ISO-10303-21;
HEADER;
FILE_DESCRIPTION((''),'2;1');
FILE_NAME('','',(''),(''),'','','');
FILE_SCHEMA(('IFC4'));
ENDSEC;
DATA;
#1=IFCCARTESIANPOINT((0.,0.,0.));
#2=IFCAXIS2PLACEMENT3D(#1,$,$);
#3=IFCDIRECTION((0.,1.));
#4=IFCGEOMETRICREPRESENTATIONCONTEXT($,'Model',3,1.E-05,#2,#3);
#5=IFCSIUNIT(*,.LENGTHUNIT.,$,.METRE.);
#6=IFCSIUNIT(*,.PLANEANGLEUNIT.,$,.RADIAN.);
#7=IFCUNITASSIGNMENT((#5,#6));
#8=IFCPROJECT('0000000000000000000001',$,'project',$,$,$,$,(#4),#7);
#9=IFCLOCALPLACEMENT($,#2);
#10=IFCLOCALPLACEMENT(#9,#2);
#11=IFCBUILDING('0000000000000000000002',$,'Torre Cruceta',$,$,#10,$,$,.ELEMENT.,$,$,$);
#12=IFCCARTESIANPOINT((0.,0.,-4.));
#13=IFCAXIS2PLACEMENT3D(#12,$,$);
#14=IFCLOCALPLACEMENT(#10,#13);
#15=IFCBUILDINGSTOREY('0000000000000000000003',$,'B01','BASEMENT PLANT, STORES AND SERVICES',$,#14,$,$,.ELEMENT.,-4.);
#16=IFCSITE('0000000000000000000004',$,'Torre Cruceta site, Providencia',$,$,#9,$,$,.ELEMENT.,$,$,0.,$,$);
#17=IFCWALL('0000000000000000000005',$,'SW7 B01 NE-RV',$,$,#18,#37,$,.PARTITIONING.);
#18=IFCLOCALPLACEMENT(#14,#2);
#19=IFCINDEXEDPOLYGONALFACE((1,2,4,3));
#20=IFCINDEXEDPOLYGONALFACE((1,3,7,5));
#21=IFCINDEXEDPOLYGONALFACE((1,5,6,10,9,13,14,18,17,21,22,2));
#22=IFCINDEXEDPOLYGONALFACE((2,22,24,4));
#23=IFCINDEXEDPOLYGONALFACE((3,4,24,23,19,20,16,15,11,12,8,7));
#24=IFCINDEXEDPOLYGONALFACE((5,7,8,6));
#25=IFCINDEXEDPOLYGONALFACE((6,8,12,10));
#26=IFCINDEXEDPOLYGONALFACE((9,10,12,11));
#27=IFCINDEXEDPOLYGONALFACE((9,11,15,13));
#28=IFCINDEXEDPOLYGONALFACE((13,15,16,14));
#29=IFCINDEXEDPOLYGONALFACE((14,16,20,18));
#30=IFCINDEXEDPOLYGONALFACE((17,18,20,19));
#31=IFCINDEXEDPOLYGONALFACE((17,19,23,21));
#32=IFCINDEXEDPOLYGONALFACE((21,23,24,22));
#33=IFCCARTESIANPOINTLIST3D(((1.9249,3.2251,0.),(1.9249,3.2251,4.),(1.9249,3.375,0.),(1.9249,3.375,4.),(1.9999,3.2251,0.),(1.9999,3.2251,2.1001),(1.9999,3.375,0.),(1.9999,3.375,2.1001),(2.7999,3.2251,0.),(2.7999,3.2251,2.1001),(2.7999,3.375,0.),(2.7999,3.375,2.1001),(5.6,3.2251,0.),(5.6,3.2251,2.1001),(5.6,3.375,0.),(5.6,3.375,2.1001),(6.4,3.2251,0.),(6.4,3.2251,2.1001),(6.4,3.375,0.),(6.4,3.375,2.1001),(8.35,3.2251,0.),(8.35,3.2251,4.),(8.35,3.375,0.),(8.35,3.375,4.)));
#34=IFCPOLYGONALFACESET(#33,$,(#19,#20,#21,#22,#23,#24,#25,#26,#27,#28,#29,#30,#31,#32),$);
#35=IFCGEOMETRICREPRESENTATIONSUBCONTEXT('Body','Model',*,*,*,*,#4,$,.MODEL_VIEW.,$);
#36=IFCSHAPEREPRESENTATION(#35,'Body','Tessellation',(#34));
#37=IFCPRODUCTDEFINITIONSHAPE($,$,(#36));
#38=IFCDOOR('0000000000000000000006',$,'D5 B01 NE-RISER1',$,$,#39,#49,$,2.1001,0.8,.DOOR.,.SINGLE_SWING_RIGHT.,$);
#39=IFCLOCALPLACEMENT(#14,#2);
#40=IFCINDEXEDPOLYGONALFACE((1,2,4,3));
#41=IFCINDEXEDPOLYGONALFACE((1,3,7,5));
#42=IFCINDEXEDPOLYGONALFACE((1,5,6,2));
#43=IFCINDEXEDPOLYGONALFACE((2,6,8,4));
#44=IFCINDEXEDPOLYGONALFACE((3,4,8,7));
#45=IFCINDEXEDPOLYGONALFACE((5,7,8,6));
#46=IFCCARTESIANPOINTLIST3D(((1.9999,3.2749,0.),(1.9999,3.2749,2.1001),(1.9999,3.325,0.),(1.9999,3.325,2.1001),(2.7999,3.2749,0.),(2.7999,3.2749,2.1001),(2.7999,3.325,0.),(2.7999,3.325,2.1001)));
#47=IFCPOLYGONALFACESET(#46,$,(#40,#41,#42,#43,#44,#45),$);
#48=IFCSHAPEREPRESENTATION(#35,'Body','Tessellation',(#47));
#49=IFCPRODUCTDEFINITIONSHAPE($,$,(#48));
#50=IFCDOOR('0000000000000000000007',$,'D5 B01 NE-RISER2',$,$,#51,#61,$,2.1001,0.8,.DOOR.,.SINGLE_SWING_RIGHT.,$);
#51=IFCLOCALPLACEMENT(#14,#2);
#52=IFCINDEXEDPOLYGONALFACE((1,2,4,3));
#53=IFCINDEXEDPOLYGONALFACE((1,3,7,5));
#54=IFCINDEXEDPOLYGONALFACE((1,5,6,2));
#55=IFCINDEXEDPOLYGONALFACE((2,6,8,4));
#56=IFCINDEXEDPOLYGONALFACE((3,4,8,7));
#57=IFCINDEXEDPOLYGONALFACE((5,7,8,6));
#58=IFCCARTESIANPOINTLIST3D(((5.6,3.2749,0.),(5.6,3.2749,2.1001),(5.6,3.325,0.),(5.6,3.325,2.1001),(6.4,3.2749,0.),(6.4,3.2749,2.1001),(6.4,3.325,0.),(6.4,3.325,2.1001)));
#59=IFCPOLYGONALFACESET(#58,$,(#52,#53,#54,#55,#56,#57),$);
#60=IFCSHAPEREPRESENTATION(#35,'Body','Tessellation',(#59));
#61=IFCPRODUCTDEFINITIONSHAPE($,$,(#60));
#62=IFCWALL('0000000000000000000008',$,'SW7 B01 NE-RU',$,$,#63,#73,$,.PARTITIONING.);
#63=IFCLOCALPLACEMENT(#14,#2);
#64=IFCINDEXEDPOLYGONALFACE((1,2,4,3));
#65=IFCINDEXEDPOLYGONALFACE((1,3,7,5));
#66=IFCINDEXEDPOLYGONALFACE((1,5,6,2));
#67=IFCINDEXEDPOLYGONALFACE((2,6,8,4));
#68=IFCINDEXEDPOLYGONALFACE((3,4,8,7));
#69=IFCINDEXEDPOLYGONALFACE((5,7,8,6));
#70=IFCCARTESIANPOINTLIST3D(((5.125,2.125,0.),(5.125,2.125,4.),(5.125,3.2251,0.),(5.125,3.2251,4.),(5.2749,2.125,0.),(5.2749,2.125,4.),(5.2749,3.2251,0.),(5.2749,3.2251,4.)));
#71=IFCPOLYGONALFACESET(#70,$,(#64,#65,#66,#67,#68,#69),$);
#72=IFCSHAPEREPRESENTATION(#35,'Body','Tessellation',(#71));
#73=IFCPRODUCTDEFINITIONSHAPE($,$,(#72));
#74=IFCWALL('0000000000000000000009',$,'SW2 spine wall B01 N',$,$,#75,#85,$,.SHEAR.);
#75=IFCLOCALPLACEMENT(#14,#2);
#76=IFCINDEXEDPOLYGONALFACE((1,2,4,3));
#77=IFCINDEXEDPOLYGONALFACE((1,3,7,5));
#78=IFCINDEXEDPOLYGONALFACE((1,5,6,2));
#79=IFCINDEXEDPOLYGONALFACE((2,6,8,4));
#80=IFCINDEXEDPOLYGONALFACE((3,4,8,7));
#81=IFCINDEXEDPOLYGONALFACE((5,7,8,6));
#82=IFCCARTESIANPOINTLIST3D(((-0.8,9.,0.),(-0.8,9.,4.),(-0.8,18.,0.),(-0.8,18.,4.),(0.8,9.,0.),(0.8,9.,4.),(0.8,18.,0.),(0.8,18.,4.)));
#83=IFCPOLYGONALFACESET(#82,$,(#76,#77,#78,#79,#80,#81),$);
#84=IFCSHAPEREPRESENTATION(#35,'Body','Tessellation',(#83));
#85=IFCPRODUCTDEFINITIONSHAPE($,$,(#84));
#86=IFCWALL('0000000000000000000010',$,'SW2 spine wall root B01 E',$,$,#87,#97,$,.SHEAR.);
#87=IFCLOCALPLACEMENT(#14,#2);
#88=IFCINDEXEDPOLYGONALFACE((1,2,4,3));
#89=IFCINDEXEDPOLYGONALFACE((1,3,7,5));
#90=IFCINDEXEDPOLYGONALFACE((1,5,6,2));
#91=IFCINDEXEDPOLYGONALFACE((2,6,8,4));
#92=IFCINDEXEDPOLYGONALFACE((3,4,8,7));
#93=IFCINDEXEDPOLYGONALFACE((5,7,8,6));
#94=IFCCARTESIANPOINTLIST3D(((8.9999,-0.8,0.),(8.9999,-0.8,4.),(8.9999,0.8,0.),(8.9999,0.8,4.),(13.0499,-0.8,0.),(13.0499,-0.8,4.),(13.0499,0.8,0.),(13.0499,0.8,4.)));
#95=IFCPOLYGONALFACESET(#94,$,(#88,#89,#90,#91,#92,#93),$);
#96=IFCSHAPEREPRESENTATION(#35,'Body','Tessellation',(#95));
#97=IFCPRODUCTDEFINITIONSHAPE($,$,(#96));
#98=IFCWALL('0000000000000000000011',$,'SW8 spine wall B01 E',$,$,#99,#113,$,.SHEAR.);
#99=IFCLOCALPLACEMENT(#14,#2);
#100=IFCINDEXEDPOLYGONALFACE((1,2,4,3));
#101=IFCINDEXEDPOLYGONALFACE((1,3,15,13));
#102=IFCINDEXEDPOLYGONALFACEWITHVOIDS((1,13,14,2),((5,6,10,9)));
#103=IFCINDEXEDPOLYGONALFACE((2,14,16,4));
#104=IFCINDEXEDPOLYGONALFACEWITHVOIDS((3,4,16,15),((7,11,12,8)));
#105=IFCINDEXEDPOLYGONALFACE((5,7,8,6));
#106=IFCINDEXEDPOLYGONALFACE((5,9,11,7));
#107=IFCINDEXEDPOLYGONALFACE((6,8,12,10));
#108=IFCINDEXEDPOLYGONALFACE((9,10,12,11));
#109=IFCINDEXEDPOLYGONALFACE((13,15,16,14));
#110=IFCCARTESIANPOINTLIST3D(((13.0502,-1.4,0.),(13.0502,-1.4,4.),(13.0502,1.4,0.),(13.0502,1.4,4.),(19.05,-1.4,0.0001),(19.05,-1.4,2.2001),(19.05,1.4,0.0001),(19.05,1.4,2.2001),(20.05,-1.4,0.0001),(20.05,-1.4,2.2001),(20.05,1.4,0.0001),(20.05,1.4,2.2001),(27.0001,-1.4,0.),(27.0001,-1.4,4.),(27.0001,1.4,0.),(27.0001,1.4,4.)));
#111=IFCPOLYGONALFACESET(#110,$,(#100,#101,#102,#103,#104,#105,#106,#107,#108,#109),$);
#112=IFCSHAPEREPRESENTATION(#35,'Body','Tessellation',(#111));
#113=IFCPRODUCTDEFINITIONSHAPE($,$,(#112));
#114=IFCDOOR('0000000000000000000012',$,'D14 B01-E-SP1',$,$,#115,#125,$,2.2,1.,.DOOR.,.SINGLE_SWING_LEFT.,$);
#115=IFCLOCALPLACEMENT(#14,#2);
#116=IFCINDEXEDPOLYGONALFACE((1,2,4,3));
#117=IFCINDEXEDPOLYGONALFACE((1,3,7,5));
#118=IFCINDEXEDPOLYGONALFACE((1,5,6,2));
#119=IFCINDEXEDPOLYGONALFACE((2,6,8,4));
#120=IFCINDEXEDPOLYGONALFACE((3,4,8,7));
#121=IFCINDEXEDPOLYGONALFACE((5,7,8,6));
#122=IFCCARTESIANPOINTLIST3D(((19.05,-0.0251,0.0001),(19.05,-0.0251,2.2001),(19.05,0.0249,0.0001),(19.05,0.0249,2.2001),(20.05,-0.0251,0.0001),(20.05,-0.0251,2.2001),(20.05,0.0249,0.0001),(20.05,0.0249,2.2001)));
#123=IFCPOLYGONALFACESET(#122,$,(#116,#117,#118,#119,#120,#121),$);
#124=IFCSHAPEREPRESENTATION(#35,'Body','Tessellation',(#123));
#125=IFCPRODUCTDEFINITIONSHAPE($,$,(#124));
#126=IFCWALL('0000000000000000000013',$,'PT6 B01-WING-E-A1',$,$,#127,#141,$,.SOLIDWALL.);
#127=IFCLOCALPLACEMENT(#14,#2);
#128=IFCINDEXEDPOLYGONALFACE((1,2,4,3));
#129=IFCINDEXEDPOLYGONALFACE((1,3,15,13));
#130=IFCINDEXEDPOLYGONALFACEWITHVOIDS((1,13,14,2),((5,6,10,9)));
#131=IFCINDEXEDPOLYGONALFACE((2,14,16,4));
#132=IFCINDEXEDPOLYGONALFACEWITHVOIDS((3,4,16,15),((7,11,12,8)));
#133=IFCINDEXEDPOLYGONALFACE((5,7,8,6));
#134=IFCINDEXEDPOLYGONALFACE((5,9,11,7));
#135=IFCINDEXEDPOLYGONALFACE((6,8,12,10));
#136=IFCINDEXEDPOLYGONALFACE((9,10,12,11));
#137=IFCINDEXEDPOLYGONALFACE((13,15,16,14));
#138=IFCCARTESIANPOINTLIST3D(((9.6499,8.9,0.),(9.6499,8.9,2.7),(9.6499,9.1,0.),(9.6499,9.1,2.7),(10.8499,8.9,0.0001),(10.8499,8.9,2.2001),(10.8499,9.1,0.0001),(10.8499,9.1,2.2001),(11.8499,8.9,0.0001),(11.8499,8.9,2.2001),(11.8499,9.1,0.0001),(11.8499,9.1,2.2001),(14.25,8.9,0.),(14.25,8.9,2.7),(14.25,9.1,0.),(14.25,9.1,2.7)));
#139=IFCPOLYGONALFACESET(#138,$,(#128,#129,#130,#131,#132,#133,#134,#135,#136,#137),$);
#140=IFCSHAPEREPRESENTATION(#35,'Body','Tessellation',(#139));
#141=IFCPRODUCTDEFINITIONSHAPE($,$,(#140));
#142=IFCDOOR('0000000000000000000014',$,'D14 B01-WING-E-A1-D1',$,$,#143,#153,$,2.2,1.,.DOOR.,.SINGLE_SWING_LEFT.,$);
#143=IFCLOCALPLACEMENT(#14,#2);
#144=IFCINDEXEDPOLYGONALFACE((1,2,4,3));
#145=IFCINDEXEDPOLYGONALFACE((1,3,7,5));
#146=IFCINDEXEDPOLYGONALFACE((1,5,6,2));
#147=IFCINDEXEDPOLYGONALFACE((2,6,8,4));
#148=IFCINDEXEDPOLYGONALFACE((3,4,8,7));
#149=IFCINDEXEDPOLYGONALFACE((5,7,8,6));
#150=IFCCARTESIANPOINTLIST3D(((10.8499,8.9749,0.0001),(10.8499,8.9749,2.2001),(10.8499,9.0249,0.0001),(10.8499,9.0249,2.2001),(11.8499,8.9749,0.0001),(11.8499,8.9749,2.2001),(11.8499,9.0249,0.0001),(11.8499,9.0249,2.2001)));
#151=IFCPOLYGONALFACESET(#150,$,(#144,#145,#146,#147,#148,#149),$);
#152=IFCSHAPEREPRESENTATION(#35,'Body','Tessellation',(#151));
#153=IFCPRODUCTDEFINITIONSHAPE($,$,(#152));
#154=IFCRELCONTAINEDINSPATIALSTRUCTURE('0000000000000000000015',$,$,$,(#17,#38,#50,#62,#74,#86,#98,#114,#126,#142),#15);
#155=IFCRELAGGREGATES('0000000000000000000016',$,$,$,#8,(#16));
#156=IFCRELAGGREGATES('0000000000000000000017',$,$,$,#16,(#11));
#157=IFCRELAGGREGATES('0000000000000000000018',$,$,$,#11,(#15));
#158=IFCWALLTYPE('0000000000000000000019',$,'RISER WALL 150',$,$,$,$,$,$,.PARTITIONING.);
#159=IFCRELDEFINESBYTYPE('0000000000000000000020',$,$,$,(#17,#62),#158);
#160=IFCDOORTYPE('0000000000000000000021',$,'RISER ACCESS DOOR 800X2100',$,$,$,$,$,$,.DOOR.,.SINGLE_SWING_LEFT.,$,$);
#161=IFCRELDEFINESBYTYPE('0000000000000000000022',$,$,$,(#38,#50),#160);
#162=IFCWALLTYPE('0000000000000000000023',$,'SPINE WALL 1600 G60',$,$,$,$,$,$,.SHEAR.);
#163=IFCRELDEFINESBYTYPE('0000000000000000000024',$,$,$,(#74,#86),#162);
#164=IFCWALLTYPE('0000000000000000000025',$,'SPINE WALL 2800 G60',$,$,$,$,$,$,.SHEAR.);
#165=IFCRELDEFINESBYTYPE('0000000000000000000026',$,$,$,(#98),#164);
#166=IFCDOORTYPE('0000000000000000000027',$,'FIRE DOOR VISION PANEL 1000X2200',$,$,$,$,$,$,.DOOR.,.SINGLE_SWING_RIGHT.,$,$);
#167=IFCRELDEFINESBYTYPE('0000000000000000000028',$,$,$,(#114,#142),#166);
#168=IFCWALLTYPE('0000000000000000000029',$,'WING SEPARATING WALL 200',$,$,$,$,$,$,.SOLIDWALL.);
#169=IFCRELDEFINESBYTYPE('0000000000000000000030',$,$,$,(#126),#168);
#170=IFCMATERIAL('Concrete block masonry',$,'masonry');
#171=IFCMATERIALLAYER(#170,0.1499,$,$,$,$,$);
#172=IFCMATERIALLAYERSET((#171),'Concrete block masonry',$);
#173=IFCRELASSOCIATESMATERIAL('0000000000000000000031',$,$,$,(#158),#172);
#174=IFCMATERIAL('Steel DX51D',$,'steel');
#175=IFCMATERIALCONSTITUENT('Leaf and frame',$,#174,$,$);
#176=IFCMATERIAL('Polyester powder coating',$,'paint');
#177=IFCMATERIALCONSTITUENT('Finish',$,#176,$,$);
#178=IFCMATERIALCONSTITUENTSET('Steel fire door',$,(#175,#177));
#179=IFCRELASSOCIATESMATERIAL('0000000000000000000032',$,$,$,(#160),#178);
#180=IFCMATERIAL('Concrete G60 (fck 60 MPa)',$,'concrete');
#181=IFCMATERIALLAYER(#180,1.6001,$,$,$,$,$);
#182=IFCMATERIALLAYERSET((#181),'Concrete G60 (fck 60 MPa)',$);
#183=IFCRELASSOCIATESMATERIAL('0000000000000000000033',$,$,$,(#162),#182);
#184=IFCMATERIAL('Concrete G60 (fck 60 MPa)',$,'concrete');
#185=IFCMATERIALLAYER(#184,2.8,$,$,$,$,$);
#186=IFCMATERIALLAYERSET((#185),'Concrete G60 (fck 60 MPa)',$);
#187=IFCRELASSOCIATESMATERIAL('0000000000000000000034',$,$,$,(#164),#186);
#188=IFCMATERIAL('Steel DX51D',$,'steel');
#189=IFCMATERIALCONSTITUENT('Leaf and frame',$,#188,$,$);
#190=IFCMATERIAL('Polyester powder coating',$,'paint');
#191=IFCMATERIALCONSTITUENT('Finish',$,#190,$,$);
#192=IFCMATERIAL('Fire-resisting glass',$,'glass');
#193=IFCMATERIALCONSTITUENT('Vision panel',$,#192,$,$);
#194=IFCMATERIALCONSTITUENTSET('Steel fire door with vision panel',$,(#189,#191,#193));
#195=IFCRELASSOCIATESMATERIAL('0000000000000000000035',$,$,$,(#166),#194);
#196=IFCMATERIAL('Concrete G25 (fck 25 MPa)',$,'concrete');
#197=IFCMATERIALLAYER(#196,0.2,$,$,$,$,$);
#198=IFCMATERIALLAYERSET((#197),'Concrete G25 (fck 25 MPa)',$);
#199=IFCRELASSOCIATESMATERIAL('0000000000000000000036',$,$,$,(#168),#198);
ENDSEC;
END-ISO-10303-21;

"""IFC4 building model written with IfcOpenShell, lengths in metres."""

from ifc_helpers import new_model, si_unit, direction, frame, frame_2d, origin, place, context, subcontext, project, spatial, rectangle, extrude, material, layer, layer_set, constituent, constituent_set, type_object, element, fill, save


model = new_model("IFC4")

# Units and contexts
model_context = context("Model", 3, precision=1e-05, world=origin(), true_north=direction((0.0, 1.0)))
body_context = subcontext(model_context, "Body", "Model", "MODEL_VIEW")
ifc_project = project(units=[si_unit("LENGTHUNIT", "METRE"), si_unit("PLANEANGLEUNIT", "RADIAN")], contexts=[model_context])

# Site, building, storey
site_placement = place(None, origin())
site = spatial("IfcSite", under=ifc_project, at=site_placement, Name="Torre Cruceta site, Providencia", CompositionType="ELEMENT", RefElevation=0.0)
building_placement = place(site_placement, origin())
building = spatial("IfcBuilding", under=site, at=building_placement, Name="Torre Cruceta", CompositionType="ELEMENT")
storey_placement = place(building_placement, frame((0.0, 0.0, -4.0)))
storey = spatial("IfcBuildingStorey", under=building, at=storey_placement, Name="B01", Description="BASEMENT PLANT, STORES AND SERVICES", CompositionType="ELEMENT", Elevation=-4.0)

# Wall, openings, doors
ifc_material_1 = material(Name="Concrete block masonry", Category="masonry")
ifc_layer_1 = layer(ifc_material_1, 0.1499)
ifc_layer_set_1 = layer_set([ifc_layer_1], Name="Concrete block masonry")
wall_type_1 = type_object("IfcWallType", Name="RISER WALL 150", PredefinedType="PARTITIONING", material=ifc_layer_set_1)
wall_1_placement = place(storey_placement, frame((1.925, 3.3, 0.0), z_axis=(0.0, 0.0, 1.0), x_axis=(1.0, 0.0, 0.0)))
wall_1 = element("IfcWall", 1, at=wall_1_placement, inside=storey, type_object=wall_type_1, Name="SW7 B01 NE-RV", PredefinedType="PARTITIONING", context=body_context, shape_type="SweptSolid", body=[
    extrude(rectangle(XDim=6.425, YDim=0.1499, at=frame_2d((3.2124, 0.0))), origin(), (0.0, 0.0, 1.0), 4.0),
])
opening_1_placement = place(wall_1_placement, frame((0.075, 0.0, 0.0)))
opening_1 = element("IfcOpeningElement", 2, at=opening_1_placement, cuts=wall_1, PredefinedType="OPENING", context=body_context, shape_type="SweptSolid", body=[
    extrude(rectangle(XDim=0.8, YDim=2.1001, at=frame_2d((0.3999, 1.05))), frame((0.0, 0.085, 0.0), z_axis=(0.0, -1.0, 0.0), x_axis=(1.0, 0.0, 0.0)), (0.0, 0.0, 1.0), 0.1699),
])
opening_2_placement = place(wall_1_placement, frame((3.675, 0.0, 0.0)))
opening_2 = element("IfcOpeningElement", 3, at=opening_2_placement, cuts=wall_1, PredefinedType="OPENING", context=body_context, shape_type="SweptSolid", body=[
    extrude(rectangle(XDim=0.8, YDim=2.1001, at=frame_2d((0.3999, 1.05))), frame((0.0, 0.085, 0.0), z_axis=(0.0, -1.0, 0.0), x_axis=(1.0, 0.0, 0.0)), (0.0, 0.0, 1.0), 0.1699),
])
ifc_material_2 = material(Name="Steel DX51D", Category="steel")
ifc_constituent_1 = constituent(ifc_material_2, Name="Leaf and frame")
ifc_material_3 = material(Name="Polyester powder coating", Category="paint")
ifc_constituent_2 = constituent(ifc_material_3, Name="Finish")
ifc_constituent_set_1 = constituent_set(constituents=[ifc_constituent_1, ifc_constituent_2], Name="Steel fire door")
door_type_1 = type_object("IfcDoorType", Name="RISER ACCESS DOOR 800X2100", OperationType="SINGLE_SWING_LEFT", PredefinedType="DOOR", material=ifc_constituent_set_1)
door_1_placement = place(opening_1_placement, frame((0.8, 0.0, 0.0), z_axis=(0.0, 0.0, 1.0), x_axis=(-1.0, 0.0, 0.0)))
door_1 = element("IfcDoor", 4, at=door_1_placement, inside=storey, type_object=door_type_1, Name="D5 B01 NE-RISER1", OperationType="SINGLE_SWING_RIGHT", OverallHeight=2.1001, OverallWidth=0.8, PredefinedType="DOOR", context=body_context, shape_type="SweptSolid", body=[
    extrude(rectangle(XDim=0.8, YDim=2.1001, at=frame_2d((0.4001, 1.05))), frame((0.0, 0.0251, 0.0), z_axis=(0.0, -1.0, 0.0), x_axis=(1.0, 0.0, 0.0)), (0.0, 0.0, 1.0), 0.05),
])
fill(opening_1, door_1)
door_2_placement = place(opening_2_placement, frame((0.8, 0.0, 0.0), z_axis=(0.0, 0.0, 1.0), x_axis=(-1.0, 0.0, 0.0)))
door_2 = element("IfcDoor", 5, at=door_2_placement, inside=storey, type_object=door_type_1, Name="D5 B01 NE-RISER2", OperationType="SINGLE_SWING_RIGHT", OverallHeight=2.1001, OverallWidth=0.8, PredefinedType="DOOR", context=body_context, shape_type="SweptSolid", body=[
    extrude(rectangle(XDim=0.8, YDim=2.1001, at=frame_2d((0.4001, 1.05))), frame((0.0, 0.0251, 0.0), z_axis=(0.0, -1.0, 0.0), x_axis=(1.0, 0.0, 0.0)), (0.0, 0.0, 1.0), 0.05),
])
fill(opening_2, door_2)

# Walls
wall_2_placement = place(storey_placement, frame((5.2, 2.125, 0.0), z_axis=(0.0, 0.0, 1.0), x_axis=(0.0, 1.0, 0.0)))
element("IfcWall", 6, at=wall_2_placement, inside=storey, type_object=wall_type_1, Name="SW7 B01 NE-RU", PredefinedType="PARTITIONING", context=body_context, shape_type="SweptSolid", body=[
    extrude(rectangle(XDim=1.1001, YDim=0.1499, at=frame_2d((0.55, 0.0))), origin(), (0.0, 0.0, 1.0), 4.0),
])
ifc_material_4 = material(Name="Concrete G60 (fck 60 MPa)", Category="concrete")
ifc_layer_2 = layer(ifc_material_4, 1.6001)
ifc_layer_set_2 = layer_set([ifc_layer_2], Name="Concrete G60 (fck 60 MPa)")
wall_type_2 = type_object("IfcWallType", Name="SPINE WALL 1600 G60", PredefinedType="SHEAR", material=ifc_layer_set_2)
wall_3_placement = place(storey_placement, frame((0.0, 9.0, 0.0), z_axis=(0.0, 0.0, 1.0), x_axis=(0.0, 1.0, 0.0)))
element("IfcWall", 7, at=wall_3_placement, inside=storey, type_object=wall_type_2, Name="SW2 spine wall B01 N", PredefinedType="SHEAR", context=body_context, shape_type="SweptSolid", body=[
    extrude(rectangle(XDim=9.0, YDim=1.6001, at=frame_2d((4.5, 0.0))), origin(), (0.0, 0.0, 1.0), 4.0),
])
wall_4_placement = place(storey_placement, frame((9.0, 0.0, 0.0), z_axis=(0.0, 0.0, 1.0), x_axis=(1.0, 0.0, 0.0)))
element("IfcWall", 8, at=wall_4_placement, inside=storey, type_object=wall_type_2, Name="SW2 spine wall root B01 E", PredefinedType="SHEAR", context=body_context, shape_type="SweptSolid", body=[
    extrude(rectangle(XDim=4.05, YDim=1.6001, at=frame_2d((2.0249, 0.0))), origin(), (0.0, 0.0, 1.0), 4.0),
])

# Walls, openings, doors
ifc_material_5 = material(Name="Concrete G60 (fck 60 MPa)", Category="concrete")
ifc_layer_3 = layer(ifc_material_5, 2.8)
ifc_layer_set_3 = layer_set([ifc_layer_3], Name="Concrete G60 (fck 60 MPa)")
wall_type_3 = type_object("IfcWallType", Name="SPINE WALL 2800 G60", PredefinedType="SHEAR", material=ifc_layer_set_3)
wall_5_placement = place(storey_placement, frame((13.05, 0.0, 0.0), z_axis=(0.0, 0.0, 1.0), x_axis=(1.0, 0.0, 0.0)))
wall_5 = element("IfcWall", 9, at=wall_5_placement, inside=storey, type_object=wall_type_3, Name="SW8 spine wall B01 E", PredefinedType="SHEAR", context=body_context, shape_type="SweptSolid", body=[
    extrude(rectangle(XDim=13.95, YDim=2.8, at=frame_2d((6.9751, 0.0))), origin(), (0.0, 0.0, 1.0), 4.0),
])
opening_3_placement = place(wall_5_placement, frame((6.0, 0.0, 0.0)))
opening_3 = element("IfcOpeningElement", 10, at=opening_3_placement, cuts=wall_5, PredefinedType="OPENING", context=body_context, shape_type="SweptSolid", body=[
    extrude(rectangle(XDim=1.0, YDim=2.2, at=frame_2d((0.5, 1.1001))), frame((0.0, 1.4099, 0.0), z_axis=(0.0, -1.0, 0.0), x_axis=(1.0, 0.0, 0.0)), (0.0, 0.0, 1.0), 2.8201),
])
ifc_material_6 = material(Name="Steel DX51D", Category="steel")
ifc_constituent_3 = constituent(ifc_material_6, Name="Leaf and frame")
ifc_material_7 = material(Name="Polyester powder coating", Category="paint")
ifc_constituent_4 = constituent(ifc_material_7, Name="Finish")
ifc_material_8 = material(Name="Fire-resisting glass", Category="glass")
ifc_constituent_5 = constituent(ifc_material_8, Name="Vision panel")
ifc_constituent_set_2 = constituent_set(constituents=[ifc_constituent_3, ifc_constituent_4, ifc_constituent_5], Name="Steel fire door with vision panel")
door_type_2 = type_object("IfcDoorType", Name="FIRE DOOR VISION PANEL 1000X2200", OperationType="SINGLE_SWING_RIGHT", PredefinedType="DOOR", material=ifc_constituent_set_2)
door_3_placement = place(opening_3_placement, frame((1.0, 0.0, 0.0), z_axis=(0.0, 0.0, 1.0), x_axis=(-1.0, 0.0, 0.0)))
door_3 = element("IfcDoor", 11, at=door_3_placement, inside=storey, type_object=door_type_2, Name="D14 B01-E-SP1", OperationType="SINGLE_SWING_LEFT", OverallHeight=2.2, OverallWidth=1.0, PredefinedType="DOOR", context=body_context, shape_type="SweptSolid", body=[
    extrude(rectangle(XDim=1.0, YDim=2.2, at=frame_2d((0.5, 1.1001))), frame((0.0, 0.0251, 0.0), z_axis=(0.0, -1.0, 0.0), x_axis=(1.0, 0.0, 0.0)), (0.0, 0.0, 1.0), 0.05),
])
fill(opening_3, door_3)
ifc_material_9 = material(Name="Concrete G25 (fck 25 MPa)", Category="concrete")
ifc_layer_4 = layer(ifc_material_9, 0.2)
ifc_layer_set_4 = layer_set([ifc_layer_4], Name="Concrete G25 (fck 25 MPa)")
wall_type_4 = type_object("IfcWallType", Name="WING SEPARATING WALL 200", PredefinedType="SOLIDWALL", material=ifc_layer_set_4)
wall_6_placement = place(storey_placement, frame((9.6499, 9.0, 0.0), z_axis=(0.0, 0.0, 1.0), x_axis=(1.0, 0.0, 0.0)))
wall_6 = element("IfcWall", 12, at=wall_6_placement, inside=storey, type_object=wall_type_4, Name="PT6 B01-WING-E-A1", PredefinedType="SOLIDWALL", context=body_context, shape_type="SweptSolid", body=[
    extrude(rectangle(XDim=4.6001, YDim=0.2, at=frame_2d((2.3, 0.0))), origin(), (0.0, 0.0, 1.0), 2.7),
])
opening_4_placement = place(wall_6_placement, frame((1.2, 0.0, 0.0)))
opening_4 = element("IfcOpeningElement", 13, at=opening_4_placement, cuts=wall_6, PredefinedType="OPENING", context=body_context, shape_type="SweptSolid", body=[
    extrude(rectangle(XDim=1.0, YDim=2.2, at=frame_2d((0.5, 1.1001))), frame((0.0, 0.1099, 0.0), z_axis=(0.0, -1.0, 0.0), x_axis=(1.0, 0.0, 0.0)), (0.0, 0.0, 1.0), 0.22),
])
door_4_placement = place(opening_4_placement, origin())
door_4 = element("IfcDoor", 14, at=door_4_placement, inside=storey, type_object=door_type_2, Name="D14 B01-WING-E-A1-D1", OperationType="SINGLE_SWING_LEFT", OverallHeight=2.2, OverallWidth=1.0, PredefinedType="DOOR", context=body_context, shape_type="SweptSolid", body=[
    extrude(rectangle(XDim=1.0, YDim=2.2, at=frame_2d((0.5, 1.1001))), frame((0.0, 0.0249, 0.0), z_axis=(0.0, -1.0, 0.0), x_axis=(1.0, 0.0, 0.0)), (0.0, 0.0, 1.0), 0.05),
])
fill(opening_4, door_4)

save(model, "model.ifc")
